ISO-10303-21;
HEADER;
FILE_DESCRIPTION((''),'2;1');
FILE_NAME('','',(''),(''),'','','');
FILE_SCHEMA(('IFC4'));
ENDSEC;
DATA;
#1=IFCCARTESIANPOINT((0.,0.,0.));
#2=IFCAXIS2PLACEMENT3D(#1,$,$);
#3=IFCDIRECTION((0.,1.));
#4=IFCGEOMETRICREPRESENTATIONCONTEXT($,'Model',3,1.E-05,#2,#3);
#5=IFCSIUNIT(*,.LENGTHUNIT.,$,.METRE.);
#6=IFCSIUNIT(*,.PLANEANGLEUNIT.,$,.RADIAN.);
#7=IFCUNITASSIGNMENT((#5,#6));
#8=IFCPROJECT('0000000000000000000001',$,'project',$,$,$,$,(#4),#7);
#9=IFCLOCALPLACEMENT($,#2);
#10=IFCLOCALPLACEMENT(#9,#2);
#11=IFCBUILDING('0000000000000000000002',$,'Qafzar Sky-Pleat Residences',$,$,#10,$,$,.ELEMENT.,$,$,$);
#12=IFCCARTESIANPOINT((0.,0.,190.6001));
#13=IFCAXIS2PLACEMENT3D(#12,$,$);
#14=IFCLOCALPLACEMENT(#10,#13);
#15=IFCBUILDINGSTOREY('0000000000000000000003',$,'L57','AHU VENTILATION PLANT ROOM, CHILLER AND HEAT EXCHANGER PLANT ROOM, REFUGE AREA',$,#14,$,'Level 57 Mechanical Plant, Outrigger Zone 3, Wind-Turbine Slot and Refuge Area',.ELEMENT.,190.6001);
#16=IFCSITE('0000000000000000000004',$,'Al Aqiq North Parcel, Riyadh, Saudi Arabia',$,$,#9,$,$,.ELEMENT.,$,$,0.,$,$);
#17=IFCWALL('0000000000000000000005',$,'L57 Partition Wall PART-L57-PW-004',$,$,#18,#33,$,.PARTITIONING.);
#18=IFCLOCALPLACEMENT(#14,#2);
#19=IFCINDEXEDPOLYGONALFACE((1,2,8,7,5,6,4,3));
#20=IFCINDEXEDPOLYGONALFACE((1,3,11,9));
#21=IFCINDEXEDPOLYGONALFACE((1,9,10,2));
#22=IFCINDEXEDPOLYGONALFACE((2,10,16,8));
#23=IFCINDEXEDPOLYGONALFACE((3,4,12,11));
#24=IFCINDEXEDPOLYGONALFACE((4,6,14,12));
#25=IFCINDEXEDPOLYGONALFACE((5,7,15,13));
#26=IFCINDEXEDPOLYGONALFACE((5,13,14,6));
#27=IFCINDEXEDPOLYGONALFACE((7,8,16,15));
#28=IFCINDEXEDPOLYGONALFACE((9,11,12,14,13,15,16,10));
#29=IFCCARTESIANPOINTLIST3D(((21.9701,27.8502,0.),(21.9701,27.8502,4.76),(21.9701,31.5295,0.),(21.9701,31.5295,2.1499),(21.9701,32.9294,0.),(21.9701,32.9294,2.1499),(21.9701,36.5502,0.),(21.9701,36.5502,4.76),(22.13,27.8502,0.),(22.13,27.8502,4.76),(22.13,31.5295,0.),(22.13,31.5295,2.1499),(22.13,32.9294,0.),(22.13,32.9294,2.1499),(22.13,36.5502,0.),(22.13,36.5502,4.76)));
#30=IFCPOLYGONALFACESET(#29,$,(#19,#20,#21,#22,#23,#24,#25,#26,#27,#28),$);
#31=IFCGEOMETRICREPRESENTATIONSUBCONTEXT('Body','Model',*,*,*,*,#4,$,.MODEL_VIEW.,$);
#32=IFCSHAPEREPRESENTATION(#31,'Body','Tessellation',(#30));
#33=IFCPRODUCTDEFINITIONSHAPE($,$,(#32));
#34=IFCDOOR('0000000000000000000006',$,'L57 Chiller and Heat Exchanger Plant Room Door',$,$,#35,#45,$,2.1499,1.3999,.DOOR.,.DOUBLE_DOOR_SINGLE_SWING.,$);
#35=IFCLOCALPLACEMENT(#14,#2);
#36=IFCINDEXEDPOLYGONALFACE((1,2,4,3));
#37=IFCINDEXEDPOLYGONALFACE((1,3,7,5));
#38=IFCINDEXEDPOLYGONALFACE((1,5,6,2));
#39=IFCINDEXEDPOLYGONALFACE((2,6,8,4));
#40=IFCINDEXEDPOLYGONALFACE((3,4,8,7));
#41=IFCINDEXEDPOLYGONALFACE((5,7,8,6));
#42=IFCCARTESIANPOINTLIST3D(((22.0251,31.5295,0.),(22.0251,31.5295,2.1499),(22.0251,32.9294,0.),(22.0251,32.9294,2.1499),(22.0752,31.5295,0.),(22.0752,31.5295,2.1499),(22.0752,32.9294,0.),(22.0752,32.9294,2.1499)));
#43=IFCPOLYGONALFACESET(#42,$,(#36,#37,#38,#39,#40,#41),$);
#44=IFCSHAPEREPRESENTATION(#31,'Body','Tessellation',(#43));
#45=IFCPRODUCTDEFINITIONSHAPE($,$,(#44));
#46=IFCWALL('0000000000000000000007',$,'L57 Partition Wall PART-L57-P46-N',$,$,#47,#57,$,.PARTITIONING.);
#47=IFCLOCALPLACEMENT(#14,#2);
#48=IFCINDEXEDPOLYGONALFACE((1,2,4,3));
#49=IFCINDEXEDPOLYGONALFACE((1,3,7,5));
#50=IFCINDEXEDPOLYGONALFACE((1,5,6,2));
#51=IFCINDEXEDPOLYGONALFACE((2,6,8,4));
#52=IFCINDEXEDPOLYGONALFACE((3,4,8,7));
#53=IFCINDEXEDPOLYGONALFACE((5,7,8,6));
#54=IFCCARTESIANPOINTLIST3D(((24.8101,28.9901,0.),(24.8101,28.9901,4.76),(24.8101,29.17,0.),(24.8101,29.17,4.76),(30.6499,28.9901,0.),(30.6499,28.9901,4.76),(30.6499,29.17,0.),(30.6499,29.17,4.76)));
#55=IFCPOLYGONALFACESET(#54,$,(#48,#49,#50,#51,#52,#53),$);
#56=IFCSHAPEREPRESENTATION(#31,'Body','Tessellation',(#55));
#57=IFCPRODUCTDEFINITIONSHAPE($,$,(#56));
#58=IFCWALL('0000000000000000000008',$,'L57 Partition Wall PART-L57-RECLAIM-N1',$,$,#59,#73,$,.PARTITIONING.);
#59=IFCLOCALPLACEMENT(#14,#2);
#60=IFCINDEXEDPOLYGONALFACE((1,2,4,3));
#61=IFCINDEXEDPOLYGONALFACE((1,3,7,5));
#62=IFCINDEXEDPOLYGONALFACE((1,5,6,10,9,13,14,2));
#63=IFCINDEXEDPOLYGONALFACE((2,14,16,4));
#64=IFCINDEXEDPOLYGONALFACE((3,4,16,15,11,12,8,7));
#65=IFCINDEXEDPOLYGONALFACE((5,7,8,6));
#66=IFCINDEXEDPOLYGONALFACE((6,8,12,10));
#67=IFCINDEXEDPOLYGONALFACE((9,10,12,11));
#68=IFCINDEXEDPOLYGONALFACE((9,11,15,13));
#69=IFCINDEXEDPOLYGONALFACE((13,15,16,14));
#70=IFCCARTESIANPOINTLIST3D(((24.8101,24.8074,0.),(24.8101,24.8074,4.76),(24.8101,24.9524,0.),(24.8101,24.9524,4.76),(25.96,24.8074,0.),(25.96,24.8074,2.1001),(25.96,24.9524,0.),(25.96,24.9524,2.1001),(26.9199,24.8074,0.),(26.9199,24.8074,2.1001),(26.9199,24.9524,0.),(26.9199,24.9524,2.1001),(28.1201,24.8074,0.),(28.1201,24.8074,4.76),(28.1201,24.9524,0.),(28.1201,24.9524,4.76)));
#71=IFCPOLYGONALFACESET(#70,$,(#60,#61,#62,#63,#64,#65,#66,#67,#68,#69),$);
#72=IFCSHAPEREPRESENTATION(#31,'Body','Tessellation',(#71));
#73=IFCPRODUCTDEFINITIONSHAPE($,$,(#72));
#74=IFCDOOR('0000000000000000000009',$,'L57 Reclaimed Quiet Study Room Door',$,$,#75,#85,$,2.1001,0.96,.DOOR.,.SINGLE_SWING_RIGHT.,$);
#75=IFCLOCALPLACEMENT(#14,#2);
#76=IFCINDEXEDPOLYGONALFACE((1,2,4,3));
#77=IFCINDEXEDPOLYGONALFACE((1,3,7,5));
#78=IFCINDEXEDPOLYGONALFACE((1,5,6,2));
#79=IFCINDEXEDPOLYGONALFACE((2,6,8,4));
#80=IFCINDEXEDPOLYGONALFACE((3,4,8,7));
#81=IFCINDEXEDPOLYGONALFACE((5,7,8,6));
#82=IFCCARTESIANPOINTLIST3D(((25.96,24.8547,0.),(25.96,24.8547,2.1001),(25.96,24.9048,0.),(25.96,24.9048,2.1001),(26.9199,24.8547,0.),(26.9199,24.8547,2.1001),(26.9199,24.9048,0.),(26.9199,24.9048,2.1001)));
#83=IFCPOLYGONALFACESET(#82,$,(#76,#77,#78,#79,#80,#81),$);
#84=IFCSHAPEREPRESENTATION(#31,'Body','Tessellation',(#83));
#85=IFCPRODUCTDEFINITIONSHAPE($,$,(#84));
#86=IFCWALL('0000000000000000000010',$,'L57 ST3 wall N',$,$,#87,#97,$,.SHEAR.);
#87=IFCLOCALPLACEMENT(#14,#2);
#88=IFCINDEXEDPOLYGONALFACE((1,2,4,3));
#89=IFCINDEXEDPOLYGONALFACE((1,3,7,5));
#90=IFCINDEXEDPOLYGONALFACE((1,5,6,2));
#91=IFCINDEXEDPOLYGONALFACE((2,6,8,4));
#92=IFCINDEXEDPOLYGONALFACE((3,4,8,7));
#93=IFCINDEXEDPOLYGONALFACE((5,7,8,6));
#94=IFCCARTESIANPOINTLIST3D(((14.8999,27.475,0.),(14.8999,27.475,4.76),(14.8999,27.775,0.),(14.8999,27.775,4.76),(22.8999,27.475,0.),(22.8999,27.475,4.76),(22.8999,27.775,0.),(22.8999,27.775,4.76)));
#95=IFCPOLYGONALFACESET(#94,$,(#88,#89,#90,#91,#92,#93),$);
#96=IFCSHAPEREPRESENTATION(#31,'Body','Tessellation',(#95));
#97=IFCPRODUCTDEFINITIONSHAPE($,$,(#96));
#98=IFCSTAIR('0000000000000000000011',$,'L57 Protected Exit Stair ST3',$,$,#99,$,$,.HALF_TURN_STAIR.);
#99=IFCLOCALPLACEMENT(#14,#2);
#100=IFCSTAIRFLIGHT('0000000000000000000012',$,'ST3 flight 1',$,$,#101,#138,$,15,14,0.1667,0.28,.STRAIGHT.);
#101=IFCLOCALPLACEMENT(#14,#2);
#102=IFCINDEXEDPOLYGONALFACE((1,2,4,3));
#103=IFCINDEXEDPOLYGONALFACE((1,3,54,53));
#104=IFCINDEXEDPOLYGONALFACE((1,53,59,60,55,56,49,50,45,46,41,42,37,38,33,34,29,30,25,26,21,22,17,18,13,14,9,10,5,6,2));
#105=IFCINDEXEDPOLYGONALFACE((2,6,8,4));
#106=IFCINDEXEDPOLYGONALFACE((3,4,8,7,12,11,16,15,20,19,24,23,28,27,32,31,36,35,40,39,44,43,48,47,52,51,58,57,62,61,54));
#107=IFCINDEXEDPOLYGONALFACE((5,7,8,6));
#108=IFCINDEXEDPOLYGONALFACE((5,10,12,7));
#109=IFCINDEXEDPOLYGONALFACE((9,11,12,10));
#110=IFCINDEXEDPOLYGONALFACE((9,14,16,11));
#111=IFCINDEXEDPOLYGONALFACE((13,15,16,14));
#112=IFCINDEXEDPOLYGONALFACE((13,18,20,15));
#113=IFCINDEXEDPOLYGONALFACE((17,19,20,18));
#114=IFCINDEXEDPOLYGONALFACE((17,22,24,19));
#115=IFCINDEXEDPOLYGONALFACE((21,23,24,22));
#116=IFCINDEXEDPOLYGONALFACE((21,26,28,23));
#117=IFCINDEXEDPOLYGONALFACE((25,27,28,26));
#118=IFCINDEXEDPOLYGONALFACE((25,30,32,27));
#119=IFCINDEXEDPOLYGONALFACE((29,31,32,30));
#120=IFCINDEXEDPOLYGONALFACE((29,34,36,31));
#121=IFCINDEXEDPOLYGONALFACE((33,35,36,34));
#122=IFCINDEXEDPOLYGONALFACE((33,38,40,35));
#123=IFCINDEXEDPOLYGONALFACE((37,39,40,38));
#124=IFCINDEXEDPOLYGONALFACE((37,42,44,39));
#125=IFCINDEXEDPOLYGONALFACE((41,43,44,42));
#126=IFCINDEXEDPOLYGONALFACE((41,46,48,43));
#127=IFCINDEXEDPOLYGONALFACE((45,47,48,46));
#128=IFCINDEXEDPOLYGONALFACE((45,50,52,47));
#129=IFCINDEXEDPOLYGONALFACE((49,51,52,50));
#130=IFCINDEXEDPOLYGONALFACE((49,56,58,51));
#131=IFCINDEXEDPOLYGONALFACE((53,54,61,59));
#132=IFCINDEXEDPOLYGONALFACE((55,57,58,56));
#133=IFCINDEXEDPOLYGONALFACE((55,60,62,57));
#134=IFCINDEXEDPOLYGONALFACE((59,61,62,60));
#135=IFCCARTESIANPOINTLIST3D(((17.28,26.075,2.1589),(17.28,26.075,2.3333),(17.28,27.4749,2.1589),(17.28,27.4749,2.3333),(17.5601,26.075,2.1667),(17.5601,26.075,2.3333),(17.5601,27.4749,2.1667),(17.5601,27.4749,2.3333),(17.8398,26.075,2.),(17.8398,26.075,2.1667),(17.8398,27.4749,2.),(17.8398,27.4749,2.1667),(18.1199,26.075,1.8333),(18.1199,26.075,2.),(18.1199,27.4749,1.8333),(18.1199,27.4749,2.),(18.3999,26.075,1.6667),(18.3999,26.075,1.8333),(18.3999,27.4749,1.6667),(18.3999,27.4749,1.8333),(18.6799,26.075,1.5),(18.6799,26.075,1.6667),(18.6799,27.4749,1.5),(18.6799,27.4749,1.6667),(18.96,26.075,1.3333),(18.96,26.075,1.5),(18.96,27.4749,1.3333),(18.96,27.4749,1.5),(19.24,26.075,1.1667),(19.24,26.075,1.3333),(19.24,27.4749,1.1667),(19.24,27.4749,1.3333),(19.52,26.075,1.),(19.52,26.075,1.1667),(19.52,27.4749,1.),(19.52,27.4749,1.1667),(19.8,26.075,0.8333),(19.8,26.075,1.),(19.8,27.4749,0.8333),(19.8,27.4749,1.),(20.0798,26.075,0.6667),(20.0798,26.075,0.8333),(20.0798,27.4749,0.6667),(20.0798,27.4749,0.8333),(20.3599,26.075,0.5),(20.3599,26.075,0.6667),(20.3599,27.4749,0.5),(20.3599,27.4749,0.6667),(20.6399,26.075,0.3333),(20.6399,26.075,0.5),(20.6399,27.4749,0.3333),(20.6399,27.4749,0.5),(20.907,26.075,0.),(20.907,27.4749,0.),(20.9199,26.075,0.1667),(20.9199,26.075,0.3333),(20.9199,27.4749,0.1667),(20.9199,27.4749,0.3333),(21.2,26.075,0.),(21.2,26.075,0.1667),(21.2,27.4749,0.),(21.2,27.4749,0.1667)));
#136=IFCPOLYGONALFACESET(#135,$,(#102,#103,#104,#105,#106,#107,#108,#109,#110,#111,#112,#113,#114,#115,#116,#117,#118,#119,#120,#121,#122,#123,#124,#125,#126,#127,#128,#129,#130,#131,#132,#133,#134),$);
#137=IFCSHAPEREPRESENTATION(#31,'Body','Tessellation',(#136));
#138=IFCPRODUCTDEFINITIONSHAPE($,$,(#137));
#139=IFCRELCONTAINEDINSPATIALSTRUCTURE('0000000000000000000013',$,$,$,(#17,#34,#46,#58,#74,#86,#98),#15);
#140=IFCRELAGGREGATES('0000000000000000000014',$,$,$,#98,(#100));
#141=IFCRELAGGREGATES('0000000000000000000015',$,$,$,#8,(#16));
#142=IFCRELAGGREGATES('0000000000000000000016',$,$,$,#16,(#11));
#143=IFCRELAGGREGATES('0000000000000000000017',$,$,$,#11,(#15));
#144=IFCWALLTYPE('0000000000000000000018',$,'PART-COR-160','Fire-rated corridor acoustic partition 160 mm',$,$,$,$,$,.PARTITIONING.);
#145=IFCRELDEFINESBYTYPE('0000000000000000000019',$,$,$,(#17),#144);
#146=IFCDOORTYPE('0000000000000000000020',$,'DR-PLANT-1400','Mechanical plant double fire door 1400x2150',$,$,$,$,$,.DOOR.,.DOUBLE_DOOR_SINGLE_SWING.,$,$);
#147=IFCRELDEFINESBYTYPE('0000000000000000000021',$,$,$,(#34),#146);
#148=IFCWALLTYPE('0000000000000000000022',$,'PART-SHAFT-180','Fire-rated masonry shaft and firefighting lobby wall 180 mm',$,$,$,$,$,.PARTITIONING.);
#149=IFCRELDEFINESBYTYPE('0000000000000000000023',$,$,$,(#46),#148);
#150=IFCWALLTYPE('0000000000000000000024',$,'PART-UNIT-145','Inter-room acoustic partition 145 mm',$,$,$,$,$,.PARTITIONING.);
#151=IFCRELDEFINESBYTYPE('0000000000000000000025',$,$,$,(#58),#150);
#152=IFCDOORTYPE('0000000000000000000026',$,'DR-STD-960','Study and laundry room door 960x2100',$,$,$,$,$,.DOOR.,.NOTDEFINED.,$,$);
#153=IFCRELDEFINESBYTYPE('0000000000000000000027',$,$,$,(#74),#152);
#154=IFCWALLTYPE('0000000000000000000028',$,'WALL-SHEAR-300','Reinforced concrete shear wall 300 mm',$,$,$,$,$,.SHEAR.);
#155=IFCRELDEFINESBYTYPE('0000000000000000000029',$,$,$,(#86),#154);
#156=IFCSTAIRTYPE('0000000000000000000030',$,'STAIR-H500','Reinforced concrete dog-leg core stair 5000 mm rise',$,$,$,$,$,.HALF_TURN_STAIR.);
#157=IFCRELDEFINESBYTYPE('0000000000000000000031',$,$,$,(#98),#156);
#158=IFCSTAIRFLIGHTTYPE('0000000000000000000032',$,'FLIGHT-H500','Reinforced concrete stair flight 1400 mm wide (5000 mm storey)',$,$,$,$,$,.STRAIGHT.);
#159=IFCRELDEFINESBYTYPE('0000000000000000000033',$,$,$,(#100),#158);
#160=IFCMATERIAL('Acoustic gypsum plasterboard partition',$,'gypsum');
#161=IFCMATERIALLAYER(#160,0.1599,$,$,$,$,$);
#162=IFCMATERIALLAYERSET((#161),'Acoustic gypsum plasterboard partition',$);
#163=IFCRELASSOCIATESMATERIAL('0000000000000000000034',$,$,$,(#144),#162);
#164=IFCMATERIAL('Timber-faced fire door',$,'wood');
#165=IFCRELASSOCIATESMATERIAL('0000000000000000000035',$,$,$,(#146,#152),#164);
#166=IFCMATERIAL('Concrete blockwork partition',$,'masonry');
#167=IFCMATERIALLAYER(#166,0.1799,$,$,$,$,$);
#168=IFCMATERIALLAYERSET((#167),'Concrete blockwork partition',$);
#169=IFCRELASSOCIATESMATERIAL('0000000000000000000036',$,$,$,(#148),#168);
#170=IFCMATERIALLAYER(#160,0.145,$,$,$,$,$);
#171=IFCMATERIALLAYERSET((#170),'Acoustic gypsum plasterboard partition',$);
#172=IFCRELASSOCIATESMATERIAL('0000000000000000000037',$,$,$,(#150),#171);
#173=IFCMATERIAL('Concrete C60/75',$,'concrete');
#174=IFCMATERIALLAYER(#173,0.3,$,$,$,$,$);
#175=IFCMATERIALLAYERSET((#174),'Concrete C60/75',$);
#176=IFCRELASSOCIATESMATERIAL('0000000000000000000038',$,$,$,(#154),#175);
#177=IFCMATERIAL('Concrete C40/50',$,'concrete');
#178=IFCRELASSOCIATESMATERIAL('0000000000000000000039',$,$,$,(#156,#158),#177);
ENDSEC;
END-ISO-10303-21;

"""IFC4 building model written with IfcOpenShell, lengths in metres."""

from ifc_helpers import new_model, si_unit, direction, frame, frame_2d, origin, place, context, subcontext, project, spatial, polyline, rectangle, outline, extrude, source, transform, mapped, material, layer, layer_set, type_object, element, fill, aggregate, save


model = new_model("IFC4")

# Units and contexts
model_context = context("Model", 3, precision=1e-05, world=origin(), true_north=direction((0.0, 1.0)))
body_context = subcontext(model_context, "Body", "Model", "MODEL_VIEW")
ifc_project = project(units=[si_unit("LENGTHUNIT", "METRE"), si_unit("PLANEANGLEUNIT", "RADIAN")], contexts=[model_context])

# Site, building, storey
site_placement = place(None, origin())
site = spatial("IfcSite", under=ifc_project, at=site_placement, Name="Al Aqiq North Parcel, Riyadh, Saudi Arabia", CompositionType="ELEMENT", RefElevation=0.0)
building_placement = place(site_placement, origin())
building = spatial("IfcBuilding", under=site, at=building_placement, Name="Qafzar Sky-Pleat Residences", CompositionType="ELEMENT")
storey_placement = place(building_placement, frame((0.0, 0.0, 190.6001)))
storey = spatial("IfcBuildingStorey", under=building, at=storey_placement, Name="L57", Description="AHU VENTILATION PLANT ROOM, CHILLER AND HEAT EXCHANGER PLANT ROOM, REFUGE AREA", LongName="Level 57 Mechanical Plant, Outrigger Zone 3, Wind-Turbine Slot and Refuge Area", CompositionType="ELEMENT", Elevation=190.6001)

# Wall, opening, door
ifc_material_1 = material(Name="Acoustic gypsum plasterboard partition", Category="gypsum")
ifc_layer_1 = layer(ifc_material_1, 0.1599)
ifc_layer_set_1 = layer_set([ifc_layer_1], Name="Acoustic gypsum plasterboard partition")
wall_type_1 = type_object("IfcWallType", Name="PART-COR-160", Description="Fire-rated corridor acoustic partition 160 mm", PredefinedType="PARTITIONING", material=ifc_layer_set_1)
wall_1_placement = place(storey_placement, frame((22.05, 27.8501, 0.0), z_axis=(0.0, 0.0, 1.0), x_axis=(0.0, 1.0, 0.0)))
wall_1 = element("IfcWall", 1, at=wall_1_placement, inside=storey, type_object=wall_type_1, Name="L57 Partition Wall PART-L57-PW-004", PredefinedType="PARTITIONING", context=body_context, shape_type="SweptSolid", body=[
    extrude(rectangle(XDim=8.7, YDim=0.1599, at=frame_2d((4.3501, 0.0))), origin(), (0.0, 0.0, 1.0), 4.76),
])
opening_1_placement = place(wall_1_placement, frame((3.6794, 0.0, 0.0)))
opening_1 = element("IfcOpeningElement", 2, at=opening_1_placement, cuts=wall_1, PredefinedType="OPENING", context=body_context, shape_type="SweptSolid", body=[
    extrude(rectangle(XDim=1.3999, YDim=2.1499, at=frame_2d((0.7, 1.075))), frame((0.0, 0.0898, 0.0), z_axis=(0.0, -1.0, 0.0), x_axis=(1.0, 0.0, 0.0)), (0.0, 0.0, 1.0), 0.1799),
])
ifc_material_2 = material(Name="Timber-faced fire door", Category="wood")
door_type_1 = type_object("IfcDoorType", Name="DR-PLANT-1400", Description="Mechanical plant double fire door 1400x2150", OperationType="DOUBLE_DOOR_SINGLE_SWING", PredefinedType="DOOR", material=ifc_material_2)
shared_shape_1 = source(origin(), body_context, "Body", "SweptSolid", [
    extrude(rectangle(XDim=1.3999, YDim=2.1499, at=frame_2d((0.7, 1.075))), frame((0.0, 0.0249, 0.0), z_axis=(0.0, -1.0, 0.0), x_axis=(1.0, 0.0, 0.0)), (0.0, 0.0, 1.0), 0.05),
])
door_1_placement = place(opening_1_placement, origin())
door_1 = element("IfcDoor", 3, at=door_1_placement, inside=storey, type_object=door_type_1, Name="L57 Chiller and Heat Exchanger Plant Room Door", OperationType="DOUBLE_DOOR_SINGLE_SWING", OverallHeight=2.1499, OverallWidth=1.3999, PredefinedType="DOOR", context=body_context, shape_type="MappedRepresentation", body=[
    mapped(shared_shape_1, transform((0.0, 0.0, 0.0), x_axis=(1.0, 0.0, 0.0), y_axis=(0.0, 1.0, 0.0), z_axis=(0.0, 0.0, 1.0), scale=1.0)),
])
fill(opening_1, door_1)

# Wall
ifc_material_3 = material(Name="Concrete blockwork partition", Category="masonry")
ifc_layer_2 = layer(ifc_material_3, 0.1799)
ifc_layer_set_2 = layer_set([ifc_layer_2], Name="Concrete blockwork partition")
wall_type_2 = type_object("IfcWallType", Name="PART-SHAFT-180", Description="Fire-rated masonry shaft and firefighting lobby wall 180 mm", PredefinedType="PARTITIONING", material=ifc_layer_set_2)
wall_2_placement = place(storey_placement, frame((24.8101, 29.0801, 0.0), z_axis=(0.0, 0.0, 1.0), x_axis=(1.0, 0.0, 0.0)))
element("IfcWall", 4, at=wall_2_placement, inside=storey, type_object=wall_type_2, Name="L57 Partition Wall PART-L57-P46-N", PredefinedType="PARTITIONING", context=body_context, shape_type="SweptSolid", body=[
    extrude(rectangle(XDim=5.8398, YDim=0.1799, at=frame_2d((2.9199, 0.0))), origin(), (0.0, 0.0, 1.0), 4.76),
])

# Wall, opening, door
ifc_layer_3 = layer(ifc_material_1, 0.145)
ifc_layer_set_3 = layer_set([ifc_layer_3], Name="Acoustic gypsum plasterboard partition")
wall_type_3 = type_object("IfcWallType", Name="PART-UNIT-145", Description="Inter-room acoustic partition 145 mm", PredefinedType="PARTITIONING", material=ifc_layer_set_3)
wall_3_placement = place(storey_placement, frame((24.8101, 24.8799, 0.0), z_axis=(0.0, 0.0, 1.0), x_axis=(1.0, 0.0, 0.0)))
wall_3 = element("IfcWall", 5, at=wall_3_placement, inside=storey, type_object=wall_type_3, Name="L57 Partition Wall PART-L57-RECLAIM-N1", PredefinedType="PARTITIONING", context=body_context, shape_type="SweptSolid", body=[
    extrude(rectangle(XDim=3.3101, YDim=0.145, at=frame_2d((1.655, 0.0))), origin(), (0.0, 0.0, 1.0), 4.76),
])
opening_2_placement = place(wall_3_placement, frame((1.1499, 0.0, 0.0)))
opening_2 = element("IfcOpeningElement", 6, at=opening_2_placement, cuts=wall_3, PredefinedType="OPENING", context=body_context, shape_type="SweptSolid", body=[
    extrude(rectangle(XDim=0.96, YDim=2.1001, at=frame_2d((0.48, 1.05))), frame((0.0, 0.0825, 0.0), z_axis=(0.0, -1.0, 0.0), x_axis=(1.0, 0.0, 0.0)), (0.0, 0.0, 1.0), 0.165),
])
door_type_2 = type_object("IfcDoorType", Name="DR-STD-960", Description="Study and laundry room door 960x2100", OperationType="NOTDEFINED", PredefinedType="DOOR", material=ifc_material_2)
shared_shape_2 = source(origin(), body_context, "Body", "SweptSolid", [
    extrude(rectangle(XDim=0.96, YDim=2.1001, at=frame_2d((0.48, 1.05))), frame((0.0, 0.0249, 0.0), z_axis=(0.0, -1.0, 0.0), x_axis=(1.0, 0.0, 0.0)), (0.0, 0.0, 1.0), 0.05),
])
door_2_placement = place(opening_2_placement, origin())
door_2 = element("IfcDoor", 7, at=door_2_placement, inside=storey, type_object=door_type_2, Name="L57 Reclaimed Quiet Study Room Door", OperationType="SINGLE_SWING_RIGHT", OverallHeight=2.1001, OverallWidth=0.96, PredefinedType="DOOR", context=body_context, shape_type="MappedRepresentation", body=[
    mapped(shared_shape_2, transform((0.0, 0.0, 0.0), x_axis=(1.0, 0.0, 0.0), y_axis=(0.0, 1.0, 0.0), z_axis=(0.0, 0.0, 1.0), scale=1.0)),
])
fill(opening_2, door_2)

# Shared definitions
ifc_material_4 = material(Name="Concrete C60/75", Category="concrete")
ifc_layer_4 = layer(ifc_material_4, 0.3)
ifc_layer_set_4 = layer_set([ifc_layer_4], Name="Concrete C60/75")
wall_type_4 = type_object("IfcWallType", Name="WALL-SHEAR-300", Description="Reinforced concrete shear wall 300 mm", PredefinedType="SHEAR", material=ifc_layer_set_4)

# Wall
wall_4_placement = place(storey_placement, frame((22.8999, 27.625, 0.0), z_axis=(0.0, 0.0, 1.0), x_axis=(-1.0, 0.0, 0.0)))
element("IfcWall", 8, at=wall_4_placement, inside=storey, type_object=wall_type_4, Name="L57 ST3 wall N", PredefinedType="SHEAR", context=body_context, shape_type="SweptSolid", body=[
    extrude(rectangle(XDim=8.0, YDim=0.3, at=frame_2d((4.0, 0.0))), origin(), (0.0, 0.0, 1.0), 4.76),
])

# Stair, stair flight
ifc_material_5 = material(Name="Concrete C40/50", Category="concrete")
stair_type = type_object("IfcStairType", Name="STAIR-H500", Description="Reinforced concrete dog-leg core stair 5000 mm rise", PredefinedType="HALF_TURN_STAIR", material=ifc_material_5)
stair_placement = place(storey_placement, origin())
stair = element("IfcStair", 9, at=stair_placement, inside=storey, type_object=stair_type, Name="L57 Protected Exit Stair ST3", PredefinedType="HALF_TURN_STAIR")
stair_flight_type = type_object("IfcStairFlightType", Name="FLIGHT-H500", Description="Reinforced concrete stair flight 1400 mm wide (5000 mm storey)", PredefinedType="STRAIGHT", material=ifc_material_5)
shared_shape_3 = source(origin(), body_context, "Body", "SweptSolid", [
    extrude(outline(polyline([(0.0, 0.0), (0.0, 0.1667), (0.28, 0.1667), (0.28, 0.3333), (0.5601, 0.3333), (0.5601, 0.5), (0.8401, 0.5), (0.8401, 0.6667), (1.1201, 0.6667), (1.1201, 0.8333), (1.3999, 0.8333), (1.3999, 1.0), (1.6799, 1.0), (1.6799, 1.1667), (1.96, 1.1667), (1.96, 1.3333), (2.24, 1.3333), (2.24, 1.5), (2.52, 1.5), (2.52, 1.6667), (2.8, 1.6667), (2.8, 1.8333), (3.0801, 1.8333), (3.0801, 2.0), (3.3601, 2.0), (3.3601, 2.1667), (3.6399, 2.1667), (3.6399, 2.3333), (3.9199, 2.3333), (3.9199, 2.5), (3.9199, 2.1589), (0.293, 0.0), (0.0, 0.0)])), frame((0.0, 0.7, 0.0), z_axis=(0.0, -1.0, 0.0), x_axis=(1.0, 0.0, 0.0)), (0.0, 0.0, 1.0), 1.3999),
])
stair_flight_1_placement = place(storey_placement, frame((21.2, 26.7749, 0.0), z_axis=(0.0, 0.0, 1.0), x_axis=(-1.0, 0.0, 0.0)))
stair_flight_1 = element("IfcStairFlight", 10, at=stair_flight_1_placement, type_object=stair_flight_type, Name="ST3 flight 1", NumberOfRisers=15, NumberOfTreads=14, PredefinedType="STRAIGHT", RiserHeight=0.1667, TreadLength=0.28, context=body_context, shape_type="MappedRepresentation", body=[
    mapped(shared_shape_3, transform((0.0, 0.0, 0.0), x_axis=(1.0, 0.0, 0.0), y_axis=(0.0, 1.0, 0.0), z_axis=(0.0, 0.0, 1.0), scale=1.0)),
])
aggregate(stair, [stair_flight_1])

save(model, "model.ifc")
